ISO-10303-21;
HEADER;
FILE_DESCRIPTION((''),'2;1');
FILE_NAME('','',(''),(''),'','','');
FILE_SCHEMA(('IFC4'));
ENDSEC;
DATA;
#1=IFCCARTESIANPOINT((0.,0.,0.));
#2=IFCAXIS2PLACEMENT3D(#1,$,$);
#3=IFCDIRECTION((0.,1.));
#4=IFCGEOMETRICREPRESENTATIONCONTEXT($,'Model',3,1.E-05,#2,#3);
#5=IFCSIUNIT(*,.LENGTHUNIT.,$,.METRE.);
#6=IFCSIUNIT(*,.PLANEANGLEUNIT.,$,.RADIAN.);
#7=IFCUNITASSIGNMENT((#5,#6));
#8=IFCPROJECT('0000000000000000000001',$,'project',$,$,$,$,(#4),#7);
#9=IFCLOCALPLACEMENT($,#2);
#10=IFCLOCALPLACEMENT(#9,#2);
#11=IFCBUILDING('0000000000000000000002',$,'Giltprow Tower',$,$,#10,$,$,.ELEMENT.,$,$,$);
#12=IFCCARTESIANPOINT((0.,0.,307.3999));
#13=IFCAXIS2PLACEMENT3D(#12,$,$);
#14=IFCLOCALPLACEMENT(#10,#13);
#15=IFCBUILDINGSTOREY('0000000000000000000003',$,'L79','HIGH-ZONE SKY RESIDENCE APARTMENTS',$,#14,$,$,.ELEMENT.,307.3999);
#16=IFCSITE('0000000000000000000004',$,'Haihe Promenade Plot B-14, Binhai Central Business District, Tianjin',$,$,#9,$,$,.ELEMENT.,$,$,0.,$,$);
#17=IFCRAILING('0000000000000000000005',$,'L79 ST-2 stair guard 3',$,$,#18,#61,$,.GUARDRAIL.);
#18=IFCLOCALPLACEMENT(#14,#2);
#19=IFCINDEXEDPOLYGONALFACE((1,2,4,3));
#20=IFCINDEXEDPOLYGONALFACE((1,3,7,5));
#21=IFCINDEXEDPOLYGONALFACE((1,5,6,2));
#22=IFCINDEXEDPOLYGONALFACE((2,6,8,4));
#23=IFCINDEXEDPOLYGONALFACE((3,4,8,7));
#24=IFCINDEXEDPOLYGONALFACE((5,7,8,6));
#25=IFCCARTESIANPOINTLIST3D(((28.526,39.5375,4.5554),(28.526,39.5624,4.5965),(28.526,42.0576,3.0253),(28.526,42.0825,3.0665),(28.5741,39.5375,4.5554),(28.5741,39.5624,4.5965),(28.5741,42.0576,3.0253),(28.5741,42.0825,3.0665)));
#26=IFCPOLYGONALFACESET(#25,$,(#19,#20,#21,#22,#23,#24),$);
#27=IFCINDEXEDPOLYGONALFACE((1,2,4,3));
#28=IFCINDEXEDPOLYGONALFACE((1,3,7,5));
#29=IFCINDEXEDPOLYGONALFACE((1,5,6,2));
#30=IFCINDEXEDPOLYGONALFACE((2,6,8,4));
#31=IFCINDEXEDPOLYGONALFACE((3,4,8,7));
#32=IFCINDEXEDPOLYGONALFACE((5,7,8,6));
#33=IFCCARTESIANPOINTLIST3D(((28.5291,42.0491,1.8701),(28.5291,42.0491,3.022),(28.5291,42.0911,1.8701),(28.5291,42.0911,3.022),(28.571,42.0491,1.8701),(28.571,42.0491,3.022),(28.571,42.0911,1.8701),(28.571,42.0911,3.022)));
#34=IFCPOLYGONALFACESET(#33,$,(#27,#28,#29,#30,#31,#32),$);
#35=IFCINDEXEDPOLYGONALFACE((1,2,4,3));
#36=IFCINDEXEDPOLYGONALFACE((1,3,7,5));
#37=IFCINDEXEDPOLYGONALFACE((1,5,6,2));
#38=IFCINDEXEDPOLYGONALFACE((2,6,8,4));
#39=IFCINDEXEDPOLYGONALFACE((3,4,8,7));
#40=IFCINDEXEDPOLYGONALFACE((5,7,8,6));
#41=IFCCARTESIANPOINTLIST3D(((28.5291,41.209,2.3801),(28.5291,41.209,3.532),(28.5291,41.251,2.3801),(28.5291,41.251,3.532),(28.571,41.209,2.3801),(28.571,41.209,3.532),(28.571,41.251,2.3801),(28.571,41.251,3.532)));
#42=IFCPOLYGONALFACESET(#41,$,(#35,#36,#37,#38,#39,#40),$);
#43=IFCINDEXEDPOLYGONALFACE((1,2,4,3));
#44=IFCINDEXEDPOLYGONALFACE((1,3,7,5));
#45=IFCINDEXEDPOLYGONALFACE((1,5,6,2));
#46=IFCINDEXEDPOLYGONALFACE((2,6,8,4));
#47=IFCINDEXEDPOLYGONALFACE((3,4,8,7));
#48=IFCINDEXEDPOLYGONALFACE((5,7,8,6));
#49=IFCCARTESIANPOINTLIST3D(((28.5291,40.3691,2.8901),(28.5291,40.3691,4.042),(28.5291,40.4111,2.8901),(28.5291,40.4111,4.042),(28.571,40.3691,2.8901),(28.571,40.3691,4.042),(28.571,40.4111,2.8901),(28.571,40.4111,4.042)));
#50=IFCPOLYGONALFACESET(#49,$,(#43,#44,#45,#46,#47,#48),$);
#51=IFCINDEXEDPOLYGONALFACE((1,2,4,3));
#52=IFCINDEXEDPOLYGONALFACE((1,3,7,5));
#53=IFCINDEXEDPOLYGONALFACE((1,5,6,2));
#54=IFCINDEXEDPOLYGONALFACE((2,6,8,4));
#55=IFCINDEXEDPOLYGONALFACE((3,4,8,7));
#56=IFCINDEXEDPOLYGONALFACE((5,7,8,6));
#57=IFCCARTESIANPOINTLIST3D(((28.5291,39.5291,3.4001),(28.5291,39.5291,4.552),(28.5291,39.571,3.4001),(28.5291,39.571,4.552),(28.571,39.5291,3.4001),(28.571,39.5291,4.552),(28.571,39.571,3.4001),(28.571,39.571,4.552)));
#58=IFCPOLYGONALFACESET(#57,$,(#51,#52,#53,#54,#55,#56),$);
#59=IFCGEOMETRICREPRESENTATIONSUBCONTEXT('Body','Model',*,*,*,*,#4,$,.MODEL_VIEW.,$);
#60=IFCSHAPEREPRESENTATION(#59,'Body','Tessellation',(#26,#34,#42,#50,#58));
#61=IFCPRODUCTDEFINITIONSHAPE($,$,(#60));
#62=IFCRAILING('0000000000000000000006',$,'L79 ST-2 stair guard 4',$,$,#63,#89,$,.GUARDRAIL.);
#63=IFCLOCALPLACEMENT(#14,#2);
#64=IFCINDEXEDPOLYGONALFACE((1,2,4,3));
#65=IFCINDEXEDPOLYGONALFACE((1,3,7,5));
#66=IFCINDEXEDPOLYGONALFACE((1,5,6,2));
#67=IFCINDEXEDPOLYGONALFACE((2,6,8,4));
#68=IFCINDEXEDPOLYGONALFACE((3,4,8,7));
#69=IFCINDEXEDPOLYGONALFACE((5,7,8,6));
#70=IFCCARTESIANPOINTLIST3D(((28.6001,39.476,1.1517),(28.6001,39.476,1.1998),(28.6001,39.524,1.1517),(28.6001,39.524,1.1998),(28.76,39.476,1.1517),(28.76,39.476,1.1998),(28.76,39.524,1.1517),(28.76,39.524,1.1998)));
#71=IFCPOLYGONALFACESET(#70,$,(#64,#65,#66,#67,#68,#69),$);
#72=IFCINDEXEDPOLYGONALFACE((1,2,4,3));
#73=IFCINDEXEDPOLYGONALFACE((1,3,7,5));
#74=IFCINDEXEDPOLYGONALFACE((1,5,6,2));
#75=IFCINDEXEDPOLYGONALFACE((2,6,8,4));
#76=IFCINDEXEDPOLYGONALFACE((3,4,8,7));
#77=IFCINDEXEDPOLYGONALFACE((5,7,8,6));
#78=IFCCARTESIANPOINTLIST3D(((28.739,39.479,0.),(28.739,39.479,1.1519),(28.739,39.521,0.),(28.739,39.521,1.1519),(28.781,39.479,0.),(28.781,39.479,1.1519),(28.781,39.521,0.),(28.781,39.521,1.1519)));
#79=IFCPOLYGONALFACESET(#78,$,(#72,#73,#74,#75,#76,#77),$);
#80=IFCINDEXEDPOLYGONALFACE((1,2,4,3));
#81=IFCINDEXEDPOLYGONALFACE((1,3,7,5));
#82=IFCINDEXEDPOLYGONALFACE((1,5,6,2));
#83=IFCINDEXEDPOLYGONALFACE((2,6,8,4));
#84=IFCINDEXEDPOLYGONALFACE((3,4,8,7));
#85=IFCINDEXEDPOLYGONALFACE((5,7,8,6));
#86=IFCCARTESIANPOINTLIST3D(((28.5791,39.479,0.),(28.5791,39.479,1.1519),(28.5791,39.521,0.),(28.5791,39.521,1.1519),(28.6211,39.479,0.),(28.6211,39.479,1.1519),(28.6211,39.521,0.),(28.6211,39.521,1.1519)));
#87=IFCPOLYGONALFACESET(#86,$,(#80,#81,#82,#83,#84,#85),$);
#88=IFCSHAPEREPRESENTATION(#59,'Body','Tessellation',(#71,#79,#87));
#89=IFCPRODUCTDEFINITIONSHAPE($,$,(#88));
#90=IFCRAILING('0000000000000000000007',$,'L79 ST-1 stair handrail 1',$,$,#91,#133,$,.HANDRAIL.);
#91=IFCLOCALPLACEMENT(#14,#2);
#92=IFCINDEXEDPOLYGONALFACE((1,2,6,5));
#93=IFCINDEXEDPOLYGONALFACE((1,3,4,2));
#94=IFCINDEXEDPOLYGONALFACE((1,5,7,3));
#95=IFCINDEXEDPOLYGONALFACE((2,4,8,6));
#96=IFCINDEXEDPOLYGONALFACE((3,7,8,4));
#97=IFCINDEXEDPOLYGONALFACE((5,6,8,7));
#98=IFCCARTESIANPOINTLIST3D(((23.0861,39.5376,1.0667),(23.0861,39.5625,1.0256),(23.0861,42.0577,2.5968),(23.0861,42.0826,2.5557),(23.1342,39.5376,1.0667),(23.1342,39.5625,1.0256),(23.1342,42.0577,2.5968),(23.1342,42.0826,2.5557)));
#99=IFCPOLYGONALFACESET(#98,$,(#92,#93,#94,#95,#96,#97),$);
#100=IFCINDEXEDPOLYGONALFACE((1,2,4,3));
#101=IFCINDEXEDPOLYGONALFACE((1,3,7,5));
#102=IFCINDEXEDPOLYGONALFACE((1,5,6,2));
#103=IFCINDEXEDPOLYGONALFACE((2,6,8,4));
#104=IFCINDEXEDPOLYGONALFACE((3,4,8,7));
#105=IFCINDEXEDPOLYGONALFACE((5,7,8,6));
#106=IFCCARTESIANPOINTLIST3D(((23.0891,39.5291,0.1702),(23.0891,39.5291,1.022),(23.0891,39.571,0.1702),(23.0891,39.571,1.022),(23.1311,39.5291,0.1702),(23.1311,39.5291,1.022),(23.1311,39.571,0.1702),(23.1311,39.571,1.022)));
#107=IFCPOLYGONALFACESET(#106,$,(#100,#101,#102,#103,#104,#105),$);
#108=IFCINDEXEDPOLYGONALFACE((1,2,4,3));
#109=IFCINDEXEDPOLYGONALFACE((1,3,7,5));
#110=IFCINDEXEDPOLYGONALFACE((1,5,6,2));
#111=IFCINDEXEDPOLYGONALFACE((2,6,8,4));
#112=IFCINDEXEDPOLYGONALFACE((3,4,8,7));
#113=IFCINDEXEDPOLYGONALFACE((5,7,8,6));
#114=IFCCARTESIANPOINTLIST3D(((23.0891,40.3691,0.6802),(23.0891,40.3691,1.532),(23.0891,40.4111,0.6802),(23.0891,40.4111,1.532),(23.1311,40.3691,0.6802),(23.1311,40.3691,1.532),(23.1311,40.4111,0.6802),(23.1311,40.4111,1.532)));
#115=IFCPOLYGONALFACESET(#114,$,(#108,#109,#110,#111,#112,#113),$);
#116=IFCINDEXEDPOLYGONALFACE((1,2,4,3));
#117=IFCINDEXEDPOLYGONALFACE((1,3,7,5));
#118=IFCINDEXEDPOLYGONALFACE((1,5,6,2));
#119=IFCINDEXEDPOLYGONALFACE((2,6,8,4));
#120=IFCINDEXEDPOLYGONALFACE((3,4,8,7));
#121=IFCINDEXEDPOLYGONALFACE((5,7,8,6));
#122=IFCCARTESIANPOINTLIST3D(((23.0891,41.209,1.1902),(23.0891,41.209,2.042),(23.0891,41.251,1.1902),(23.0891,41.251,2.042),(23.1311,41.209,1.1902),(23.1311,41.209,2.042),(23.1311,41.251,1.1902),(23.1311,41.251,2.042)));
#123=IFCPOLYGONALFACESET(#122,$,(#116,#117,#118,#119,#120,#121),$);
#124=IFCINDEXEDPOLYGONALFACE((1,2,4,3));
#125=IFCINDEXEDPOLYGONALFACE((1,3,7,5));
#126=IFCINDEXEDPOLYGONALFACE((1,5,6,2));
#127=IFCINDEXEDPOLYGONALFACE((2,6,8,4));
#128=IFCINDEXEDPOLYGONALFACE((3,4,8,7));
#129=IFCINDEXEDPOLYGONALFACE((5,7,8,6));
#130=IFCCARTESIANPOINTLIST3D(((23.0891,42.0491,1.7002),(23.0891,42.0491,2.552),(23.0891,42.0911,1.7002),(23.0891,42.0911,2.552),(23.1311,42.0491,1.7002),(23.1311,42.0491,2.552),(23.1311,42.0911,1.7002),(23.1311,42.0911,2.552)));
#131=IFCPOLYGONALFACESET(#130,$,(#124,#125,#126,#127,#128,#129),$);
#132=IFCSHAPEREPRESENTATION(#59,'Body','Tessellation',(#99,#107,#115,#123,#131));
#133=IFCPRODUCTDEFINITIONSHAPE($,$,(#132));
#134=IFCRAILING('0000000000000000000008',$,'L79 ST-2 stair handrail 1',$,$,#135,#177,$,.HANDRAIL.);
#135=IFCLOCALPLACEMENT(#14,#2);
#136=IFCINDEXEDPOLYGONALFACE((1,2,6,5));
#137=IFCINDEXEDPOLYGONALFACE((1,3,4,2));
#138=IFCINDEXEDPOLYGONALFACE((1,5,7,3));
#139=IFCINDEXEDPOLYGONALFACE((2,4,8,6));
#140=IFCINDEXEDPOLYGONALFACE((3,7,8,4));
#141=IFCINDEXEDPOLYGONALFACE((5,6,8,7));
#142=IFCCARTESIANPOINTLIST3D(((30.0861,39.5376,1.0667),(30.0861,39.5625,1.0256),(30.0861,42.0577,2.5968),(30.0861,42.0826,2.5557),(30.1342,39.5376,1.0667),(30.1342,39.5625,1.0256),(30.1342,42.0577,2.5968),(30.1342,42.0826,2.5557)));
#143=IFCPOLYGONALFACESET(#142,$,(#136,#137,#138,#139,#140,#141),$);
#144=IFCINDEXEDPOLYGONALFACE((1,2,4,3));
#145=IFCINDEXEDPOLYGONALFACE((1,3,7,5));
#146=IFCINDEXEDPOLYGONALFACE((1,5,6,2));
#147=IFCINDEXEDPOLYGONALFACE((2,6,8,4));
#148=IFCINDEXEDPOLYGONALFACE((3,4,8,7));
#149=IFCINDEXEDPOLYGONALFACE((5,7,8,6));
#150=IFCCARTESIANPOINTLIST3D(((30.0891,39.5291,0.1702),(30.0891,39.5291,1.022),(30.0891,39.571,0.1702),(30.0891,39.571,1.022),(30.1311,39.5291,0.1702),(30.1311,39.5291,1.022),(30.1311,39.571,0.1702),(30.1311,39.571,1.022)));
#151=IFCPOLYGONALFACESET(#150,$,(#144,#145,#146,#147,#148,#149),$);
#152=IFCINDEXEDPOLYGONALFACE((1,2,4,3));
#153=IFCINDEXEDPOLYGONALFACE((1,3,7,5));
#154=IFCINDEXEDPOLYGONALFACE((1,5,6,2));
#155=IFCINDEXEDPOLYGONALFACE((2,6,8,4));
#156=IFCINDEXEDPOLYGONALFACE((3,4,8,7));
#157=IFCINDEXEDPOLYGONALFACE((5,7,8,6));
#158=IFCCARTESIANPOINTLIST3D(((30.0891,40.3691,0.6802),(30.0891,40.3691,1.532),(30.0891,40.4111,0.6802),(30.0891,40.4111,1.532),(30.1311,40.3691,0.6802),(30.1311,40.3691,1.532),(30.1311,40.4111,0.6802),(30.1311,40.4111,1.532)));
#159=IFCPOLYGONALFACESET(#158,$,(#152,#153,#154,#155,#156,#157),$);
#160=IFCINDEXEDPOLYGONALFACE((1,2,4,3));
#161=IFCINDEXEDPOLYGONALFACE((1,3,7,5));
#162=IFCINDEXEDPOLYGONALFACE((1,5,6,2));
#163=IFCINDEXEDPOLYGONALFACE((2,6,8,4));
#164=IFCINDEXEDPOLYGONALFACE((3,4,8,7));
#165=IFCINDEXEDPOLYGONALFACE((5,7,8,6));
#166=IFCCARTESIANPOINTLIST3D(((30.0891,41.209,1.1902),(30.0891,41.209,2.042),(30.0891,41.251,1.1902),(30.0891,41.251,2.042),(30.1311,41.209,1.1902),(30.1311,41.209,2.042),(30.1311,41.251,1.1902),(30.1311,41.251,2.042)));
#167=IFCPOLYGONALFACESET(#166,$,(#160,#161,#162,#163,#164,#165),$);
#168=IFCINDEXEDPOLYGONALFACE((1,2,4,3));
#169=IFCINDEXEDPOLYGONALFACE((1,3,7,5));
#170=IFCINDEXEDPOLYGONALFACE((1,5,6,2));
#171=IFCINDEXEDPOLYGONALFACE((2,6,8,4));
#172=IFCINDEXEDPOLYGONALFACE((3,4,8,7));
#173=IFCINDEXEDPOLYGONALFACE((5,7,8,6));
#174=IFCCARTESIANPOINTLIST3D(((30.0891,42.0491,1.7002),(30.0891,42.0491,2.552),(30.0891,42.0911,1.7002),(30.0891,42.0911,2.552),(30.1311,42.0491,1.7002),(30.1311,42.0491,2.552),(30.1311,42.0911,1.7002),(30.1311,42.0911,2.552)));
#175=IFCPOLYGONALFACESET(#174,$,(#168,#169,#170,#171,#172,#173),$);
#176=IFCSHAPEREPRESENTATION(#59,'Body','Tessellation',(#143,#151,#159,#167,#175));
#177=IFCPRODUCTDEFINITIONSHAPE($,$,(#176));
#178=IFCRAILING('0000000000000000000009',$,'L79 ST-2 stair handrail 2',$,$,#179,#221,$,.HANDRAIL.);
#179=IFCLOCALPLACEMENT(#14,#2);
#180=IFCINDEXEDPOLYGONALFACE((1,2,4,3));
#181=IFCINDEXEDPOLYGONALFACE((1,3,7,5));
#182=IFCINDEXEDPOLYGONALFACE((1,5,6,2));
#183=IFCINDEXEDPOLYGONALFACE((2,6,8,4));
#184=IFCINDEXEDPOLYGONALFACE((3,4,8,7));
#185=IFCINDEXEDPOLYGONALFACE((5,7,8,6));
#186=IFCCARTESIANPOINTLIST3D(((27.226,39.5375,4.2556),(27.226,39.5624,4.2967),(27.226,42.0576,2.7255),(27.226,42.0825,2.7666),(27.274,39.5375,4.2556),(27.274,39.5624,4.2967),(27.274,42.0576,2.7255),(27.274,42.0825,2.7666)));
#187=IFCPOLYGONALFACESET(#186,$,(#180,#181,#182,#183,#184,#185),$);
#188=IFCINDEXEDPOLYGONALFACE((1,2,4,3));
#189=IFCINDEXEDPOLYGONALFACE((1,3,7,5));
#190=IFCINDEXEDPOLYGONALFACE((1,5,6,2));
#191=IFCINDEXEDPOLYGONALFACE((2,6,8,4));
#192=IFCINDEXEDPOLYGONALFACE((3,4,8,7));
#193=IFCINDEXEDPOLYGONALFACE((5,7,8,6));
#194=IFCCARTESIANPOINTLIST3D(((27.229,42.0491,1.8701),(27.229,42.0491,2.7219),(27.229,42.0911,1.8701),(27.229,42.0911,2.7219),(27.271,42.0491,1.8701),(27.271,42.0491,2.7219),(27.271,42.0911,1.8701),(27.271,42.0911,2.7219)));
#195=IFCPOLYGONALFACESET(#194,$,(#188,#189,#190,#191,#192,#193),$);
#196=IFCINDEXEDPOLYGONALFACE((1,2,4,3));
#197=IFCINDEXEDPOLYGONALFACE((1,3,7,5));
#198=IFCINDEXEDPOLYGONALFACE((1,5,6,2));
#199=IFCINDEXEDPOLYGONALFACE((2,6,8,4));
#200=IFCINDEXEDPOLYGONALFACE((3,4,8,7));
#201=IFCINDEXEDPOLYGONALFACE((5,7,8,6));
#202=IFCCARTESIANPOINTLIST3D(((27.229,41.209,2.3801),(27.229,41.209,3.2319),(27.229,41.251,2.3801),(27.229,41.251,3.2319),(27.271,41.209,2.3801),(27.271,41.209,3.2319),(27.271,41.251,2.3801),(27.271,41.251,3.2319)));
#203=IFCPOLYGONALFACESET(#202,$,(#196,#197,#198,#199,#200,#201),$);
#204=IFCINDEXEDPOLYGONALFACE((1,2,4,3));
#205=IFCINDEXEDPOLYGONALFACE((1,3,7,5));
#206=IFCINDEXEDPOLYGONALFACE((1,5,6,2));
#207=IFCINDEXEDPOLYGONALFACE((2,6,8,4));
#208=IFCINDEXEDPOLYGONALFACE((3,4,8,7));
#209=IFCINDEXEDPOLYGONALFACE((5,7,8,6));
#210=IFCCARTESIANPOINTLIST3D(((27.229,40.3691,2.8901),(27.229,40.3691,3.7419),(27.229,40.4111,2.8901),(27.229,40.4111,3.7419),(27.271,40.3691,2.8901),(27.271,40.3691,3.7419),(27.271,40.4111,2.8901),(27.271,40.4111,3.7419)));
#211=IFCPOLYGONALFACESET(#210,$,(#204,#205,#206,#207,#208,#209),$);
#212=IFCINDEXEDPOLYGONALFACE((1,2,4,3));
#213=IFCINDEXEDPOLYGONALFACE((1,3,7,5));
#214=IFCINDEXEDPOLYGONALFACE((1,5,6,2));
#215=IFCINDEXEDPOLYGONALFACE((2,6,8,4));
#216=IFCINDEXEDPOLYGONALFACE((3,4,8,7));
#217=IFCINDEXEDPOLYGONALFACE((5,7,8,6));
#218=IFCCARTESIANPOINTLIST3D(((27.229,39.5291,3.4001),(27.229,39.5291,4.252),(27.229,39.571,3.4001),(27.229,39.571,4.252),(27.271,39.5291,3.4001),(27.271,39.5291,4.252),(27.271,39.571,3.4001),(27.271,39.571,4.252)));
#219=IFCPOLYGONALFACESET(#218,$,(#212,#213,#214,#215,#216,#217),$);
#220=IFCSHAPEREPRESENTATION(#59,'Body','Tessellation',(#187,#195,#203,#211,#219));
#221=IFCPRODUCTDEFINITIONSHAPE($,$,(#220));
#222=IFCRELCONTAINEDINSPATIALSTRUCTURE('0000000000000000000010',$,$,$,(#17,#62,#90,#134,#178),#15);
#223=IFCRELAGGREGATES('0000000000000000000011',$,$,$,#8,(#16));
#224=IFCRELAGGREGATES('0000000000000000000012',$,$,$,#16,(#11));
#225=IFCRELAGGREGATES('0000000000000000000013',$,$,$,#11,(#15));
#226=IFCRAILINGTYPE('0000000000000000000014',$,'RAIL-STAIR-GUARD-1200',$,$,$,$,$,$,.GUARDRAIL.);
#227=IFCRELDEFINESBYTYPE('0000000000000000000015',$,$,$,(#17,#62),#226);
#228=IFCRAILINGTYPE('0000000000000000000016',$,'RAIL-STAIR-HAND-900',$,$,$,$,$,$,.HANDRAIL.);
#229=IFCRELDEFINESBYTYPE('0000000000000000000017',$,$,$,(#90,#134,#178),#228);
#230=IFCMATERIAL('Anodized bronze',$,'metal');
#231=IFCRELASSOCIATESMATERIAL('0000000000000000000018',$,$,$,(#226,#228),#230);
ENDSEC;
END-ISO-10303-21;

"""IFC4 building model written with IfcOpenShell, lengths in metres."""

from ifc_helpers import new_model, si_unit, direction, frame, origin, origin_2d, place, context, subcontext, project, spatial, rectangle, extrude, material, type_object, element, save


model = new_model("IFC4")

# Units and contexts
model_context = context("Model", 3, precision=1e-05, world=origin(), true_north=direction((0.0, 1.0)))
body_context = subcontext(model_context, "Body", "Model", "MODEL_VIEW")
ifc_project = project(units=[si_unit("LENGTHUNIT", "METRE"), si_unit("PLANEANGLEUNIT", "RADIAN")], contexts=[model_context])

# Site, building, storey
site_placement = place(None, origin())
site = spatial("IfcSite", under=ifc_project, at=site_placement, Name="Haihe Promenade Plot B-14, Binhai Central Business District, Tianjin", CompositionType="ELEMENT", RefElevation=0.0)
building_placement = place(site_placement, origin())
building = spatial("IfcBuilding", under=site, at=building_placement, Name="Giltprow Tower", CompositionType="ELEMENT")
storey_placement = place(building_placement, frame((0.0, 0.0, 307.3999)))
storey = spatial("IfcBuildingStorey", under=building, at=storey_placement, Name="L79", Description="HIGH-ZONE SKY RESIDENCE APARTMENTS", CompositionType="ELEMENT", Elevation=307.3999)

# Railings
ifc_material_1 = material(Name="Anodized bronze", Category="metal")
railing_type_1 = type_object("IfcRailingType", Name="RAIL-STAIR-GUARD-1200", PredefinedType="GUARDRAIL", material=ifc_material_1)
railing_1_placement = place(storey_placement, frame((28.55, 42.0701, 1.8701)))
element("IfcRailing", 1, at=railing_1_placement, inside=storey, type_object=railing_type_1, Name="L79 ST-2 stair guard 3", PredefinedType="GUARDRAIL", context=body_context, shape_type="SweptSolid", body=[
    extrude(rectangle(XDim=0.0481, YDim=0.0481, at=origin_2d()), frame((0.0, 0.0, 1.1758), z_axis=(0.0, -0.854785, 0.518982), x_axis=(1.0, 0.0, 0.0)), (0.0, 0.0, 1.0), 2.9482),
    extrude(rectangle(XDim=0.042, YDim=0.042, at=origin_2d()), origin(), (0.0, 0.0, 1.0), 1.1519),
    extrude(rectangle(XDim=0.042, YDim=0.042, at=origin_2d()), frame((0.0, -0.8401, 0.51)), (0.0, 0.0, 1.0), 1.1519),
    extrude(rectangle(XDim=0.042, YDim=0.042, at=origin_2d()), frame((0.0, -1.6799, 1.02)), (0.0, 0.0, 1.0), 1.1519),
    extrude(rectangle(XDim=0.042, YDim=0.042, at=origin_2d()), frame((0.0, -2.52, 1.53)), (0.0, 0.0, 1.0), 1.1519),
])
railing_2_placement = place(storey_placement, frame((28.76, 39.5, 0.0)))
element("IfcRailing", 2, at=railing_2_placement, inside=storey, type_object=railing_type_1, Name="L79 ST-2 stair guard 4", PredefinedType="GUARDRAIL", context=body_context, shape_type="SweptSolid", body=[
    extrude(rectangle(XDim=0.0481, YDim=0.0481, at=origin_2d()), frame((0.0, 0.0, 1.1758), z_axis=(-1.0, 0.0, 0.0), x_axis=(0.0, -1.0, 0.0)), (0.0, 0.0, 1.0), 0.1599),
    extrude(rectangle(XDim=0.042, YDim=0.042, at=origin_2d()), origin(), (0.0, 0.0, 1.0), 1.1519),
    extrude(rectangle(XDim=0.042, YDim=0.042, at=origin_2d()), frame((-0.1599, 0.0, 0.0)), (0.0, 0.0, 1.0), 1.1519),
])
railing_type_2 = type_object("IfcRailingType", Name="RAIL-STAIR-HAND-900", PredefinedType="HANDRAIL", material=ifc_material_1)
for number, where, name in (
    (3, (23.1101, 39.55, 0.1702), "L79 ST-1 stair handrail 1"),
    (4, (30.1101, 39.55, 0.1702), "L79 ST-2 stair handrail 1"),
):
    element("IfcRailing", number, at=place(storey_placement, frame(where)), inside=storey, type_object=railing_type_2, Name=name, PredefinedType="HANDRAIL", context=body_context, shape_type="SweptSolid", body=[
        extrude(rectangle(XDim=0.0481, YDim=0.0481, at=origin_2d()), frame((0.0, 0.0, 0.876), z_axis=(0.0, 0.854785, 0.518982), x_axis=(-1.0, 0.0, 0.0)), (0.0, 0.0, 1.0), 2.9482),
        extrude(rectangle(XDim=0.042, YDim=0.042, at=origin_2d()), origin(), (0.0, 0.0, 1.0), 0.8518),
        extrude(rectangle(XDim=0.042, YDim=0.042, at=origin_2d()), frame((0.0, 0.8401, 0.51)), (0.0, 0.0, 1.0), 0.8518),
        extrude(rectangle(XDim=0.042, YDim=0.042, at=origin_2d()), frame((0.0, 1.6799, 1.02)), (0.0, 0.0, 1.0), 0.8518),
        extrude(rectangle(XDim=0.042, YDim=0.042, at=origin_2d()), frame((0.0, 2.52, 1.53)), (0.0, 0.0, 1.0), 0.8518),
    ])
railing_3_placement = place(storey_placement, frame((27.25, 42.0701, 1.8701)))
element("IfcRailing", 5, at=railing_3_placement, inside=storey, type_object=railing_type_2, Name="L79 ST-2 stair handrail 2", PredefinedType="HANDRAIL", context=body_context, shape_type="SweptSolid", body=[
    extrude(rectangle(XDim=0.0481, YDim=0.0481, at=origin_2d()), frame((0.0, 0.0, 0.876), z_axis=(0.0, -0.854785, 0.518982), x_axis=(1.0, 0.0, 0.0)), (0.0, 0.0, 1.0), 2.9482),
    extrude(rectangle(XDim=0.042, YDim=0.042, at=origin_2d()), origin(), (0.0, 0.0, 1.0), 0.8518),
    extrude(rectangle(XDim=0.042, YDim=0.042, at=origin_2d()), frame((0.0, -0.8401, 0.51)), (0.0, 0.0, 1.0), 0.8518),
    extrude(rectangle(XDim=0.042, YDim=0.042, at=origin_2d()), frame((0.0, -1.6799, 1.02)), (0.0, 0.0, 1.0), 0.8518),
    extrude(rectangle(XDim=0.042, YDim=0.042, at=origin_2d()), frame((0.0, -2.52, 1.53)), (0.0, 0.0, 1.0), 0.8518),
])

save(model, "model.ifc")
